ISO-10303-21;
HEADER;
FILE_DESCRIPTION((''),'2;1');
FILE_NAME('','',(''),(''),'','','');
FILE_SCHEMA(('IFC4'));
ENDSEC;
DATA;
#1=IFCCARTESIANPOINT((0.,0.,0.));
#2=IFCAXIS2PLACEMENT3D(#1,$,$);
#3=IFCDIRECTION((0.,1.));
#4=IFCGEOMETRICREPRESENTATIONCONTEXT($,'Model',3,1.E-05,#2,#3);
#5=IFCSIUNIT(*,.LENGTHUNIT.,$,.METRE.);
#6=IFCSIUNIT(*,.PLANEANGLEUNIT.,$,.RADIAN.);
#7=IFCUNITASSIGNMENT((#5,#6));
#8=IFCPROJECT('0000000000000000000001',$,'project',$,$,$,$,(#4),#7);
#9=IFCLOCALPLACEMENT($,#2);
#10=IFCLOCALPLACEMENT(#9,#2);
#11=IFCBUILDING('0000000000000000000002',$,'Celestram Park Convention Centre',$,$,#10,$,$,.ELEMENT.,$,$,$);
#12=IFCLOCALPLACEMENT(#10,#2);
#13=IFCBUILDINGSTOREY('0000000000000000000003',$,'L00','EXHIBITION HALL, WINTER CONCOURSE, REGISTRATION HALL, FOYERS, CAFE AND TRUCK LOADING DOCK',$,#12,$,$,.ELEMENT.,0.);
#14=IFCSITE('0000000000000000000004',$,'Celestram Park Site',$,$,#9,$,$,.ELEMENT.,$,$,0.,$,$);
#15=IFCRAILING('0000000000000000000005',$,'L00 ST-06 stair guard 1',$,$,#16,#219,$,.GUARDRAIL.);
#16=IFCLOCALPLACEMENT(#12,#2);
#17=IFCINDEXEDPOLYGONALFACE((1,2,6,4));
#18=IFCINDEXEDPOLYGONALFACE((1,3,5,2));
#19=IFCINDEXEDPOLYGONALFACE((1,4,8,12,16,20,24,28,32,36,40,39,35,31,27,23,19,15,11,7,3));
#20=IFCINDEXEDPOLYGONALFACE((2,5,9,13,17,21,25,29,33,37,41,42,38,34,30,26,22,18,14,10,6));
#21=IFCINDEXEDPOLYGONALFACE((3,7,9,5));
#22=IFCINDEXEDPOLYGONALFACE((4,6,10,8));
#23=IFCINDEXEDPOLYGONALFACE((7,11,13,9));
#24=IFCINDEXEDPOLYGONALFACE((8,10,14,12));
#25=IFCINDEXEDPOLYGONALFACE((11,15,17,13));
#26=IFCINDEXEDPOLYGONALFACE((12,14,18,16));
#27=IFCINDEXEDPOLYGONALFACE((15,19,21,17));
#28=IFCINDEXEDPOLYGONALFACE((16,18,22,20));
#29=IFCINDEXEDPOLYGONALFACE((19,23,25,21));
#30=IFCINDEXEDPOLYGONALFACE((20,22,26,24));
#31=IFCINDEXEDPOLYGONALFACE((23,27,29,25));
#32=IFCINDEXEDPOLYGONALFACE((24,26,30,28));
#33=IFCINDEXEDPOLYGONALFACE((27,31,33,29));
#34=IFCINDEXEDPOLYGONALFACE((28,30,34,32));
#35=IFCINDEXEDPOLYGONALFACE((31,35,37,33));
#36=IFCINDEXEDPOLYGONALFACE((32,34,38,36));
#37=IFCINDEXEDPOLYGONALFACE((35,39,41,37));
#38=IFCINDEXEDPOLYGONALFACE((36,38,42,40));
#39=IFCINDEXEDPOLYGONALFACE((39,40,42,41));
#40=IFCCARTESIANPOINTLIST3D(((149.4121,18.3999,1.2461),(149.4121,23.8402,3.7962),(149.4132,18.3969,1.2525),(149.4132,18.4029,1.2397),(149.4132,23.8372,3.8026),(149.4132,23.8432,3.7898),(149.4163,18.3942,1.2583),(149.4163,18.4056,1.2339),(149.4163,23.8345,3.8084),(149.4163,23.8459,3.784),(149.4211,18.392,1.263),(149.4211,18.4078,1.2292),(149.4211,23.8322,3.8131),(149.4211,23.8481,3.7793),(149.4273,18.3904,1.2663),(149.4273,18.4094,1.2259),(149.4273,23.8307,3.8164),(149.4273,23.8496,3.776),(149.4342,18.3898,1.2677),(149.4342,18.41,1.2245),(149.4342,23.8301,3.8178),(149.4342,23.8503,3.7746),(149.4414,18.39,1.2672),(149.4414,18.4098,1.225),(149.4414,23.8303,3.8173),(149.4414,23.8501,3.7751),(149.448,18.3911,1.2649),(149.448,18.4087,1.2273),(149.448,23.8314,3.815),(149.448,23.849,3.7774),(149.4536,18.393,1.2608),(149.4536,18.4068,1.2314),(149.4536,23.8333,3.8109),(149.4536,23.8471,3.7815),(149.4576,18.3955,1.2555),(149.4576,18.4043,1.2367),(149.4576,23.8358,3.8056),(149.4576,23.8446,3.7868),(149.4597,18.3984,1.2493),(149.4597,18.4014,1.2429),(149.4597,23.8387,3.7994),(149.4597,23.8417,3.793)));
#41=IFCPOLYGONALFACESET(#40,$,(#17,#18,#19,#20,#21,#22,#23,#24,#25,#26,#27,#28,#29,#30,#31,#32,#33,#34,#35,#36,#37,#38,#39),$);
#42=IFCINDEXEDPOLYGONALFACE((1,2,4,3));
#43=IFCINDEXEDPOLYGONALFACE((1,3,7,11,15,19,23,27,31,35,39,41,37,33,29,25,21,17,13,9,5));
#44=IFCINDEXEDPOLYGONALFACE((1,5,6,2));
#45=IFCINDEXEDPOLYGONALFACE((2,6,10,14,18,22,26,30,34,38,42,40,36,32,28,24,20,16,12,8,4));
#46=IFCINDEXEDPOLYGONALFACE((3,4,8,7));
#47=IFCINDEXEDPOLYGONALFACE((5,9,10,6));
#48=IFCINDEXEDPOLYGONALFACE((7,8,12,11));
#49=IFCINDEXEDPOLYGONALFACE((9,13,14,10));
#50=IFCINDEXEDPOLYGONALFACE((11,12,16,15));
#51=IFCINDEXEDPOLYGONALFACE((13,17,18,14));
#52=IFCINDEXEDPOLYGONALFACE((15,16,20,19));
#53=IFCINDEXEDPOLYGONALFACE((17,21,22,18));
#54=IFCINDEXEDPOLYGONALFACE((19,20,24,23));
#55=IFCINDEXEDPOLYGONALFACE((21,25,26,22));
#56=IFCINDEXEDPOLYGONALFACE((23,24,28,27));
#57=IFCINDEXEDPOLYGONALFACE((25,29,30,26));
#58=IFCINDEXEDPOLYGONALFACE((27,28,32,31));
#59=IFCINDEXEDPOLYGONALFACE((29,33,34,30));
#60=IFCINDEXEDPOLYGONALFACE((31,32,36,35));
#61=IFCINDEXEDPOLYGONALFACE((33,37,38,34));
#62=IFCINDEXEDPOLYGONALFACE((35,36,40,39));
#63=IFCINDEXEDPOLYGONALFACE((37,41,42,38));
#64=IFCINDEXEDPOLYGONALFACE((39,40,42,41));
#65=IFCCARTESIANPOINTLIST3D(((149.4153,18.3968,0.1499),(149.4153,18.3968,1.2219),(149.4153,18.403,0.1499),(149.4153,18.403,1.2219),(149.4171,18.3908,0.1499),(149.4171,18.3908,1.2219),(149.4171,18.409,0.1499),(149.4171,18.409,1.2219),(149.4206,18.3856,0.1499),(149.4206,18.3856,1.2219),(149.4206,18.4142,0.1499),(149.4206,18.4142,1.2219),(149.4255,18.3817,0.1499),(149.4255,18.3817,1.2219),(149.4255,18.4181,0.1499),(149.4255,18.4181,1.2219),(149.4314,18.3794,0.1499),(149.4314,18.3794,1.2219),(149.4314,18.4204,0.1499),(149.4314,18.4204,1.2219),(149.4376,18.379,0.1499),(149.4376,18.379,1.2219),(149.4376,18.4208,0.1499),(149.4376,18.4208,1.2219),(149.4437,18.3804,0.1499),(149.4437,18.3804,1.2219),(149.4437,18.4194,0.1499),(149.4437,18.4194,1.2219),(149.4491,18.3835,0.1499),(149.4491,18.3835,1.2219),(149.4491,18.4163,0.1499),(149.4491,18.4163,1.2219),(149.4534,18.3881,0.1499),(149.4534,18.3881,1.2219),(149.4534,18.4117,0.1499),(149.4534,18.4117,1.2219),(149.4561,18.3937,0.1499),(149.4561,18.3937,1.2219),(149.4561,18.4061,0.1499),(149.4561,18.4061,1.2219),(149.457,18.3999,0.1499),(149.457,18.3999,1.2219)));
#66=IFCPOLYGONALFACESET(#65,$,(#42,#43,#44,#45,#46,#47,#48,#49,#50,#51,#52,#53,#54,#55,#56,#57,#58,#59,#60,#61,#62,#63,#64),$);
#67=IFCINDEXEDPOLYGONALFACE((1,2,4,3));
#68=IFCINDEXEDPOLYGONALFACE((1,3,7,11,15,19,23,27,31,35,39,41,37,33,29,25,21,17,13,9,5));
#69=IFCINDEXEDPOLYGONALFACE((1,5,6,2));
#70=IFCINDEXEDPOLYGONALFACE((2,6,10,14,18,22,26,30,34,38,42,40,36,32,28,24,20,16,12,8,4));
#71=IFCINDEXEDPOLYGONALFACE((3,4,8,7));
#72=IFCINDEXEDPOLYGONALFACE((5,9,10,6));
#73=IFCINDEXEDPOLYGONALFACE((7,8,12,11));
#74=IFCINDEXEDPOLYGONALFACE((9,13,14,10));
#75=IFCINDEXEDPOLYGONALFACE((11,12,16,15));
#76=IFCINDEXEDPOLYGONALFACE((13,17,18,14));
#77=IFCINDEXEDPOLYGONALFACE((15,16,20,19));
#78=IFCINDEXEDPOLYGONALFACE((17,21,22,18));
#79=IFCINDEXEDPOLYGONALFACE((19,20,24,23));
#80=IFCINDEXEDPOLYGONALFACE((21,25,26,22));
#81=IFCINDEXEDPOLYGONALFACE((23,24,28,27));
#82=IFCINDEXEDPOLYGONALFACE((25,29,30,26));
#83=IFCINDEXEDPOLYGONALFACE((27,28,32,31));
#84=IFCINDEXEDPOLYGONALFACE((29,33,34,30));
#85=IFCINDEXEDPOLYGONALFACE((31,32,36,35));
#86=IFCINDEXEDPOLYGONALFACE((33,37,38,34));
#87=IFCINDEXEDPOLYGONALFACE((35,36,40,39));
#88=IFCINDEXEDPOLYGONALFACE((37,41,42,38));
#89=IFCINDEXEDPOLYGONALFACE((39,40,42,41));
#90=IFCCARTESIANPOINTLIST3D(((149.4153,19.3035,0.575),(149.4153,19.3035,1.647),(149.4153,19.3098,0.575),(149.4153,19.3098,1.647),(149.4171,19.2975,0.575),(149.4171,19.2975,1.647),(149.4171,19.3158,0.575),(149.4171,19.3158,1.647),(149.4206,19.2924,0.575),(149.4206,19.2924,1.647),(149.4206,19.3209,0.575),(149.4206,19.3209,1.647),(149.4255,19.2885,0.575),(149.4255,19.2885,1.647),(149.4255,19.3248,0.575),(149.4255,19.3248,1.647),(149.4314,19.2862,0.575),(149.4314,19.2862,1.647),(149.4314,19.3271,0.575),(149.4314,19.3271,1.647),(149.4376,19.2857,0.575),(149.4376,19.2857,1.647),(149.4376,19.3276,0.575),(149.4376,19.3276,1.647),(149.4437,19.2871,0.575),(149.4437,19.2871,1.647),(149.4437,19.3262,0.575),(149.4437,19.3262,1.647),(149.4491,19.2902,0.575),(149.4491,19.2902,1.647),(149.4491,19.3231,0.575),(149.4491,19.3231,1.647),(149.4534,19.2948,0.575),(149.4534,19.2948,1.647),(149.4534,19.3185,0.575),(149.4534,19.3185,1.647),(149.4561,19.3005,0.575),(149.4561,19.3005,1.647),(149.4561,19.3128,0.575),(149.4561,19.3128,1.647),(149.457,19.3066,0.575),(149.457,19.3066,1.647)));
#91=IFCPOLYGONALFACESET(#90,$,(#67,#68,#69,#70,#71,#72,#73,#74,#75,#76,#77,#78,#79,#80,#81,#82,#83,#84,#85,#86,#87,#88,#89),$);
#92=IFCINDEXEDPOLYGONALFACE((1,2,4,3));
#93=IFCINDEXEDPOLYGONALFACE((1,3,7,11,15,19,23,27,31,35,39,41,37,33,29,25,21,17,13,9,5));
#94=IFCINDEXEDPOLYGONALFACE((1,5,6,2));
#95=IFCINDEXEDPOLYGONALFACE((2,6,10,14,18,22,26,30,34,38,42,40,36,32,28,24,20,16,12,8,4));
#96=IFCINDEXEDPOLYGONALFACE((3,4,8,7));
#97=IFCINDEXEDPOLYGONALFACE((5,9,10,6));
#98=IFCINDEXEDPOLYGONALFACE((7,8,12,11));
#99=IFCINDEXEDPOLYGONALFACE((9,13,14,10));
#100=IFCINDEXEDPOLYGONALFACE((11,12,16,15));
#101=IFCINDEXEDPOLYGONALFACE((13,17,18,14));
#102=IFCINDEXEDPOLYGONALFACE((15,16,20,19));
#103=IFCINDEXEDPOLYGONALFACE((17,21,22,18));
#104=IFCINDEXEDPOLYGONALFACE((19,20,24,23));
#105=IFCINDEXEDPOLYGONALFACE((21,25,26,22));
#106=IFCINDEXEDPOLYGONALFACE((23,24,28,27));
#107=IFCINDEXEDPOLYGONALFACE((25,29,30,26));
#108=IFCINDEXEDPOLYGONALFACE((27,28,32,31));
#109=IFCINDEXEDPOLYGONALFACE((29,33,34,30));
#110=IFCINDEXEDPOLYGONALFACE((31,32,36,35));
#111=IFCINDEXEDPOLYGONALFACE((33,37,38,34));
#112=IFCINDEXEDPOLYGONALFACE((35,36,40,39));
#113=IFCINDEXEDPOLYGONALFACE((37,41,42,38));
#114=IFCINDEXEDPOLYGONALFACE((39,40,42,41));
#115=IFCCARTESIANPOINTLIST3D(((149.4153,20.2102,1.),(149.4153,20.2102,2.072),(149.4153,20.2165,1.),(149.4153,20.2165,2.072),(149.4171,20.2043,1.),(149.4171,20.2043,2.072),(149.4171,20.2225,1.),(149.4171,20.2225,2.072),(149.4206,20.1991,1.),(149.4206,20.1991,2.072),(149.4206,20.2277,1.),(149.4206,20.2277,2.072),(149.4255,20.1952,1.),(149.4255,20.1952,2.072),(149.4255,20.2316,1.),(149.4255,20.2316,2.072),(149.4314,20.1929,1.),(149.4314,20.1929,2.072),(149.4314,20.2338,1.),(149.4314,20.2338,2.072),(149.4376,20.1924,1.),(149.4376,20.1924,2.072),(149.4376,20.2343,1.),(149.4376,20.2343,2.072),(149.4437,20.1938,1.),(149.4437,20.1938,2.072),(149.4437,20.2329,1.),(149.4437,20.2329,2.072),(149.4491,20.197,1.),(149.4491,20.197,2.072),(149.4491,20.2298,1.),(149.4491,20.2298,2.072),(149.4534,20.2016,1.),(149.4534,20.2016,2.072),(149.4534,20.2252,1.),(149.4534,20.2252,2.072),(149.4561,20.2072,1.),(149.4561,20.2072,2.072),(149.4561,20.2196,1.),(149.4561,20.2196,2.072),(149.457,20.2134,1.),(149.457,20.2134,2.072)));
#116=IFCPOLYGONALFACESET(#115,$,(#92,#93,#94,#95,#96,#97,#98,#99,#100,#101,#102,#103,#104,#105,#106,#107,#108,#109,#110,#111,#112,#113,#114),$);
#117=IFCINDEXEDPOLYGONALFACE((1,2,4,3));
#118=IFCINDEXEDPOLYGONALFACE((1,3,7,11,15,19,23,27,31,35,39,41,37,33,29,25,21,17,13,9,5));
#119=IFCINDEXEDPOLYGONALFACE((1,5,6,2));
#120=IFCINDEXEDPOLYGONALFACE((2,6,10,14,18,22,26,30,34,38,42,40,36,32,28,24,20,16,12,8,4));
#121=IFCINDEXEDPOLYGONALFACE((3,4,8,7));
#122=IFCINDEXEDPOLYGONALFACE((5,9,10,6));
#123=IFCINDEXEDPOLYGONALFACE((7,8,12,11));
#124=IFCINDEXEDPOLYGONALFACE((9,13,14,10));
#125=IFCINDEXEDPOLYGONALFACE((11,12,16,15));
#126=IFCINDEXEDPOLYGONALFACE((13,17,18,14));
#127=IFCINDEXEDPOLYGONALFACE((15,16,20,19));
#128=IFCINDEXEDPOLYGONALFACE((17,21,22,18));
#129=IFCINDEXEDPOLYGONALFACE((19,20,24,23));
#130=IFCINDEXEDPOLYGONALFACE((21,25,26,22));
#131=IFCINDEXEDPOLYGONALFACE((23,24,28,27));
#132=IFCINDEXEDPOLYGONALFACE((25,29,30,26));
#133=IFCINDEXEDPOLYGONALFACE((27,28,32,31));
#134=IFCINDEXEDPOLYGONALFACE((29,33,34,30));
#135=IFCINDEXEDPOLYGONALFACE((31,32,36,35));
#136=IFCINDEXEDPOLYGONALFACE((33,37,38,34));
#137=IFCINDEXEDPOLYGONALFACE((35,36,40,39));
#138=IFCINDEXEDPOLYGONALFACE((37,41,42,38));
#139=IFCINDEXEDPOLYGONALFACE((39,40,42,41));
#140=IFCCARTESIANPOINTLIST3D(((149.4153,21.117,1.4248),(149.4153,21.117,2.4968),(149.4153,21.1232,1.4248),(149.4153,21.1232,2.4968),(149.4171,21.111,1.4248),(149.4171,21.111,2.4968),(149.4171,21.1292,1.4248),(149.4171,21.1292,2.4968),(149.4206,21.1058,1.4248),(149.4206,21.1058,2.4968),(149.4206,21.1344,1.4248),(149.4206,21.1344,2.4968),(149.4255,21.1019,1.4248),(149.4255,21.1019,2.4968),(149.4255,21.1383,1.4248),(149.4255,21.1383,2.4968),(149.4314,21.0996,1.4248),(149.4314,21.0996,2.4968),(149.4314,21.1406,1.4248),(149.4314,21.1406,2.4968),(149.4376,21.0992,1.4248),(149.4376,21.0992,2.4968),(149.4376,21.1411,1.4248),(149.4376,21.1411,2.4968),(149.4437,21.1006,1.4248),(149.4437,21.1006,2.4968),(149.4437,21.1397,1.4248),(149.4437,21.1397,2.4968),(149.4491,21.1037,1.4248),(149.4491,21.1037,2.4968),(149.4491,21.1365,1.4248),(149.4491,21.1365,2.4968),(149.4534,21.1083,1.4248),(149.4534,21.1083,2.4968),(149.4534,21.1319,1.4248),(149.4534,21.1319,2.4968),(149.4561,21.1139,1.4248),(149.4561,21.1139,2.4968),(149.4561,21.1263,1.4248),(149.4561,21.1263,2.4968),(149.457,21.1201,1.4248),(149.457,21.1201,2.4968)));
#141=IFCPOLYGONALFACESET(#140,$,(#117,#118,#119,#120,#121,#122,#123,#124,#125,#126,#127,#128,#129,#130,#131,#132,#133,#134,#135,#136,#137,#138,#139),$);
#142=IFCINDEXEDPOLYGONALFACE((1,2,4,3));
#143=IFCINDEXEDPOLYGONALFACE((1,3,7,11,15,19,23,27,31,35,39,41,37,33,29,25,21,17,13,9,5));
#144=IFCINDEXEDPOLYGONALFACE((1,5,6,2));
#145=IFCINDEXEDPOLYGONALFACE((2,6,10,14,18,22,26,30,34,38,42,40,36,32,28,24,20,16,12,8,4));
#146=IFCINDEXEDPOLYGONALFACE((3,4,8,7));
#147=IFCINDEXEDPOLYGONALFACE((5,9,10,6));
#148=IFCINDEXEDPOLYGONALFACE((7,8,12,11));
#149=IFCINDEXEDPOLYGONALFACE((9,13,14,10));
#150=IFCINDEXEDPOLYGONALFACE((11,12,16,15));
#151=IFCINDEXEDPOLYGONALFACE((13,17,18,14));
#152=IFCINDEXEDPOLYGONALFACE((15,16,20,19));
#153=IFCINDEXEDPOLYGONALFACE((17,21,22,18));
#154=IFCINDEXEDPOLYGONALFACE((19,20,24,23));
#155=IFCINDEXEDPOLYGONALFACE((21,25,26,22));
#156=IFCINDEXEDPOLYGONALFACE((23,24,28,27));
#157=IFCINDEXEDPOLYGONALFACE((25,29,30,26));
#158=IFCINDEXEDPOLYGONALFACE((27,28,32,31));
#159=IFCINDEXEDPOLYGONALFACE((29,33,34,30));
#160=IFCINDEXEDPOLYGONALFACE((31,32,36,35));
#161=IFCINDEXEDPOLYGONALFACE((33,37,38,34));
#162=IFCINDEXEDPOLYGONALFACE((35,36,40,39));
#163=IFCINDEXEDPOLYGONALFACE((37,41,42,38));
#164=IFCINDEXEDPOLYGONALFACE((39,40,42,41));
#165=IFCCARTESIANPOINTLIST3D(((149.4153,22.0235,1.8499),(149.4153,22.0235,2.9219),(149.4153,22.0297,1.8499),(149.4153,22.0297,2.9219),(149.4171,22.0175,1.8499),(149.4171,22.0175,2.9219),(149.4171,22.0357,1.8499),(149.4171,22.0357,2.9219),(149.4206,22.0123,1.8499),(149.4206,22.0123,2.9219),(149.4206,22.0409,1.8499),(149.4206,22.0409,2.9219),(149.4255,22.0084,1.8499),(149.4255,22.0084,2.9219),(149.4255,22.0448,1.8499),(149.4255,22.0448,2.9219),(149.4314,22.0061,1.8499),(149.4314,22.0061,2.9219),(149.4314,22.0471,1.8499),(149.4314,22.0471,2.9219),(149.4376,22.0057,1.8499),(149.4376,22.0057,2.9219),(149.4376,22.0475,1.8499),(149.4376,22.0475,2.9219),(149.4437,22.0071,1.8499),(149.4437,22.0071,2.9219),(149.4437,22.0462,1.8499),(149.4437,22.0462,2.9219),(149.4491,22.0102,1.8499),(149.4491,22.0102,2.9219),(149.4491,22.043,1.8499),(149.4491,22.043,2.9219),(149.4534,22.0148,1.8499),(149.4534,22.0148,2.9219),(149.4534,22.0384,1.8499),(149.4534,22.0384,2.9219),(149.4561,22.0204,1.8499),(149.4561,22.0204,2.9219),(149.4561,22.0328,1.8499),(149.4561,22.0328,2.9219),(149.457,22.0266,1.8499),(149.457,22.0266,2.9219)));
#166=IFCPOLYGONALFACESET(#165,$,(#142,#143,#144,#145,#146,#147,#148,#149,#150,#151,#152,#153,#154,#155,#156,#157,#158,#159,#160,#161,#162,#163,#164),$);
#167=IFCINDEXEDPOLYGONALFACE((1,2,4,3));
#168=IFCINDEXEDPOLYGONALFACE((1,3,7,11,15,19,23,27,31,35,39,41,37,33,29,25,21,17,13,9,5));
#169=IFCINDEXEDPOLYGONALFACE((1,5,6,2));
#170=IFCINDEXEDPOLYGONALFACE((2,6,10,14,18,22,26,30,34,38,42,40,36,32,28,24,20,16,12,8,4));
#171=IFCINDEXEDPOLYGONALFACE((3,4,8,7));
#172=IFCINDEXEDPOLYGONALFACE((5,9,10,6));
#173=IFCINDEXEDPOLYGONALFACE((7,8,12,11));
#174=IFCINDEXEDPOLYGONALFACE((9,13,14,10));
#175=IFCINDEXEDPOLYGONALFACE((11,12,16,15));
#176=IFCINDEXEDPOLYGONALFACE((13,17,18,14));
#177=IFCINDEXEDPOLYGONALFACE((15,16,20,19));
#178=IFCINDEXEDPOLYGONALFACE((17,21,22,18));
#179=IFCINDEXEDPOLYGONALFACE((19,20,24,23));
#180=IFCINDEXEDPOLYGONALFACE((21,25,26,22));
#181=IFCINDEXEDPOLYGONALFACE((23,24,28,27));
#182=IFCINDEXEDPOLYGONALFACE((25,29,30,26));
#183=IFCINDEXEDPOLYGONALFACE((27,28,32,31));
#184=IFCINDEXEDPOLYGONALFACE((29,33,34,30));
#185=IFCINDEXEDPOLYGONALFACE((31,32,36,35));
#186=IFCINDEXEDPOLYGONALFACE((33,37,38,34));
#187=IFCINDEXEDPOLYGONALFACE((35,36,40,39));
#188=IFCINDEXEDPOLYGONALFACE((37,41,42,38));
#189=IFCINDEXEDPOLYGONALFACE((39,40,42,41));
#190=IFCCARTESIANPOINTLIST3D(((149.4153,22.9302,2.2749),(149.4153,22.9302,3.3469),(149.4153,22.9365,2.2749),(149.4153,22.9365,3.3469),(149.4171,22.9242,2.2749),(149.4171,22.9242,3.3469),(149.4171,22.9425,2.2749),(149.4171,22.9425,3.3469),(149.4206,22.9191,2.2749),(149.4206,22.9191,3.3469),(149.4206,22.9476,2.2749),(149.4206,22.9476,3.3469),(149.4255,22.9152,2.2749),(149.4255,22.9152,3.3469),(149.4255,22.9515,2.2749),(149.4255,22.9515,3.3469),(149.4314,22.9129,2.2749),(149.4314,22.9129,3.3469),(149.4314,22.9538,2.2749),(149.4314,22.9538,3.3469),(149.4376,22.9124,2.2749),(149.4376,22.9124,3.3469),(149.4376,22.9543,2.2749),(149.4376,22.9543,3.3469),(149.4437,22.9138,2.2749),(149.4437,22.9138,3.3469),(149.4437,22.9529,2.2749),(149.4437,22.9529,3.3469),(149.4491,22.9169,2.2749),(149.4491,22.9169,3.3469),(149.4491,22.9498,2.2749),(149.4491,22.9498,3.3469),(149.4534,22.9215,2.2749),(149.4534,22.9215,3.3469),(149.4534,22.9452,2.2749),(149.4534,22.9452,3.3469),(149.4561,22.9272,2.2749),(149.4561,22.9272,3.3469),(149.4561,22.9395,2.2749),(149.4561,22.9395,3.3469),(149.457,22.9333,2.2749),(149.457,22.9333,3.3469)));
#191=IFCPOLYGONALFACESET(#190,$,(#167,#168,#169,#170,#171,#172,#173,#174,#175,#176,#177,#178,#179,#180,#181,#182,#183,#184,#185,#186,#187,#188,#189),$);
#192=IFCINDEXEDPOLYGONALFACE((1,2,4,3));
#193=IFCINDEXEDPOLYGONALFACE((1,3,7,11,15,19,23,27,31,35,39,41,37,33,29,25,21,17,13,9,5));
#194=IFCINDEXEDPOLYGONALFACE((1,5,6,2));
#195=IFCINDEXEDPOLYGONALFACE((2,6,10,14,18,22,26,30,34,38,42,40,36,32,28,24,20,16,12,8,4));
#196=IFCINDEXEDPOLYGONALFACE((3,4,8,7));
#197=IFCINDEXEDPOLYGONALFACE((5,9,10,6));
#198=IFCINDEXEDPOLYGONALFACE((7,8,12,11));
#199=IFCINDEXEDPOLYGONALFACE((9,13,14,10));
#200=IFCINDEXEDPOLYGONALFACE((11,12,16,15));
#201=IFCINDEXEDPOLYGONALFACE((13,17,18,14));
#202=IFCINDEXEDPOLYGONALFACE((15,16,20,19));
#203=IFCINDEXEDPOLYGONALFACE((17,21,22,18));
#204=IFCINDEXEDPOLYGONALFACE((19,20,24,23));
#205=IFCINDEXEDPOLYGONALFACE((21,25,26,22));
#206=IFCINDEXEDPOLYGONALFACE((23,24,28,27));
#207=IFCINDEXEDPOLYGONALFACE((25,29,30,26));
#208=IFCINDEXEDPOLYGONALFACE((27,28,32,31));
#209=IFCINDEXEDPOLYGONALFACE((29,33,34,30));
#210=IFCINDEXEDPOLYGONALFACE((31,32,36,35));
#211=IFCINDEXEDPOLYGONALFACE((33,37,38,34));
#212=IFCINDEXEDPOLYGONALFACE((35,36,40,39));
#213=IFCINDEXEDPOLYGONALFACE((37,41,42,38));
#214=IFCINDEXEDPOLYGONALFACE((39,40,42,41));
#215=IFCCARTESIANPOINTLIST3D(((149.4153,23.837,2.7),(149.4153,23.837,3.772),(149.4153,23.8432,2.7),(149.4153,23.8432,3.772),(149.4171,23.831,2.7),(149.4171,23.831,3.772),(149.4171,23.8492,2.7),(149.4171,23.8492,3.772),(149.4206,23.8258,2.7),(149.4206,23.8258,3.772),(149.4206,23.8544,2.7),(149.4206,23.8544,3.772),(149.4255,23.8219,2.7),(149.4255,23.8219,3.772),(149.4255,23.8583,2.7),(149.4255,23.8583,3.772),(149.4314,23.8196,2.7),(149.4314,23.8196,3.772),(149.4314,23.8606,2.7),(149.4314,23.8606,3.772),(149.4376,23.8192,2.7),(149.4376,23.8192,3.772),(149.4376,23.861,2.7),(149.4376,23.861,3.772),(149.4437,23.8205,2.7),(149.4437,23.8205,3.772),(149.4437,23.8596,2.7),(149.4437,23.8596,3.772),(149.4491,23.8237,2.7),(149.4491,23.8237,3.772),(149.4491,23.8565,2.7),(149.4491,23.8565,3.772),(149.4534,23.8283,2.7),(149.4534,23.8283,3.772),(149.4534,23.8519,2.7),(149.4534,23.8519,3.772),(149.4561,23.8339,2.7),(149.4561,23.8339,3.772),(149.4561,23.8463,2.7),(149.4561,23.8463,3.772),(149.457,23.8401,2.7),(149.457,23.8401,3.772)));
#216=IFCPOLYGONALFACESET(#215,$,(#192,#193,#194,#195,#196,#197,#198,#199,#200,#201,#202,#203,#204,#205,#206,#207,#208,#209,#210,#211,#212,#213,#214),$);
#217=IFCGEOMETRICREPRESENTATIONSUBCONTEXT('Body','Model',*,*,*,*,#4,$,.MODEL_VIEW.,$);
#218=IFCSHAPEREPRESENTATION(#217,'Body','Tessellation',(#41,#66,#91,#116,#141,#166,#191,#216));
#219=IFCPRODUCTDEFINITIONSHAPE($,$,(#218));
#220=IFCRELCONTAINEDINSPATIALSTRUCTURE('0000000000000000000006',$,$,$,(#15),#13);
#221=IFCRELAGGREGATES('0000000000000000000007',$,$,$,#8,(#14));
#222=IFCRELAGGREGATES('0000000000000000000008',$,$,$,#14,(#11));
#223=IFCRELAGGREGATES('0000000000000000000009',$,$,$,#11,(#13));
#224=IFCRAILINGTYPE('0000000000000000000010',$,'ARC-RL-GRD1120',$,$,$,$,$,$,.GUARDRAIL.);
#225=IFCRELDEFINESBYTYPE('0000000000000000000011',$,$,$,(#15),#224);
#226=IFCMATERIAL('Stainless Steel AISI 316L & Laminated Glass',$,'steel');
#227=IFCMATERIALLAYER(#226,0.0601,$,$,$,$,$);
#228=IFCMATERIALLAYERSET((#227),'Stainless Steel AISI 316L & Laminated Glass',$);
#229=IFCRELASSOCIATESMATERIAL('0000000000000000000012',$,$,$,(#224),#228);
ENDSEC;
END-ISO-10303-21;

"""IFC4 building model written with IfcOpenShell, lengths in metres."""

from ifc_helpers import new_model, si_unit, direction, frame, origin, origin_2d, place, context, subcontext, project, spatial, circle, extrude, material, layer, layer_set, type_object, element, save


model = new_model("IFC4")

# Units and contexts
model_context = context("Model", 3, precision=1e-05, world=origin(), true_north=direction((0.0, 1.0)))
body_context = subcontext(model_context, "Body", "Model", "MODEL_VIEW")
ifc_project = project(units=[si_unit("LENGTHUNIT", "METRE"), si_unit("PLANEANGLEUNIT", "RADIAN")], contexts=[model_context])

# Site, building, storey
site_placement = place(None, origin())
site = spatial("IfcSite", under=ifc_project, at=site_placement, Name="Celestram Park Site", CompositionType="ELEMENT", RefElevation=0.0)
building_placement = place(site_placement, origin())
building = spatial("IfcBuilding", under=site, at=building_placement, Name="Celestram Park Convention Centre", CompositionType="ELEMENT")
storey_placement = place(building_placement, origin())
storey = spatial("IfcBuildingStorey", under=building, at=storey_placement, Name="L00", Description="EXHIBITION HALL, WINTER CONCOURSE, REGISTRATION HALL, FOYERS, CAFE AND TRUCK LOADING DOCK", CompositionType="ELEMENT", Elevation=0.0)

# Railing
ifc_material_1 = material(Name="Stainless Steel AISI 316L & Laminated Glass", Category="steel")
ifc_layer_1 = layer(ifc_material_1, 0.0601)
ifc_layer_set_1 = layer_set([ifc_layer_1], Name="Stainless Steel AISI 316L & Laminated Glass")
railing_type_1 = type_object("IfcRailingType", Name="ARC-RL-GRD1120", PredefinedType="GUARDRAIL", material=ifc_layer_set_1)
railing_1_placement = place(storey_placement, frame((149.436, 18.3999, 0.1499)))
element("IfcRailing", 1, at=railing_1_placement, inside=storey, type_object=railing_type_1, Name="L00 ST-06 stair guard 1", PredefinedType="GUARDRAIL", context=body_context, shape_type="SweptSolid", body=[
    extrude(circle(Radius=0.0239, at=origin_2d()), frame((0.0, 0.0, 1.0962), z_axis=(0.0, 0.905461, 0.424429), x_axis=(-1.0, 0.0, 0.0)), (0.0, 0.0, 1.0), 6.0083),
    extrude(circle(Radius=0.021, at=origin_2d()), origin(), (0.0, 0.0, 1.0), 1.072),
    extrude(circle(Radius=0.021, at=origin_2d()), frame((0.0, 0.9067, 0.425)), (0.0, 0.0, 1.0), 1.072),
    extrude(circle(Radius=0.021, at=origin_2d()), frame((0.0, 1.8135, 0.8501)), (0.0, 0.0, 1.0), 1.072),
    extrude(circle(Radius=0.021, at=origin_2d()), frame((0.0, 2.7202, 1.2749)), (0.0, 0.0, 1.0), 1.072),
    extrude(circle(Radius=0.021, at=origin_2d()), frame((0.0, 3.6267, 1.7)), (0.0, 0.0, 1.0), 1.072),
    extrude(circle(Radius=0.021, at=origin_2d()), frame((0.0, 4.5334, 2.125)), (0.0, 0.0, 1.0), 1.072),
    extrude(circle(Radius=0.021, at=origin_2d()), frame((0.0, 5.4402, 2.55)), (0.0, 0.0, 1.0), 1.072),
])

save(model, "model.ifc")
